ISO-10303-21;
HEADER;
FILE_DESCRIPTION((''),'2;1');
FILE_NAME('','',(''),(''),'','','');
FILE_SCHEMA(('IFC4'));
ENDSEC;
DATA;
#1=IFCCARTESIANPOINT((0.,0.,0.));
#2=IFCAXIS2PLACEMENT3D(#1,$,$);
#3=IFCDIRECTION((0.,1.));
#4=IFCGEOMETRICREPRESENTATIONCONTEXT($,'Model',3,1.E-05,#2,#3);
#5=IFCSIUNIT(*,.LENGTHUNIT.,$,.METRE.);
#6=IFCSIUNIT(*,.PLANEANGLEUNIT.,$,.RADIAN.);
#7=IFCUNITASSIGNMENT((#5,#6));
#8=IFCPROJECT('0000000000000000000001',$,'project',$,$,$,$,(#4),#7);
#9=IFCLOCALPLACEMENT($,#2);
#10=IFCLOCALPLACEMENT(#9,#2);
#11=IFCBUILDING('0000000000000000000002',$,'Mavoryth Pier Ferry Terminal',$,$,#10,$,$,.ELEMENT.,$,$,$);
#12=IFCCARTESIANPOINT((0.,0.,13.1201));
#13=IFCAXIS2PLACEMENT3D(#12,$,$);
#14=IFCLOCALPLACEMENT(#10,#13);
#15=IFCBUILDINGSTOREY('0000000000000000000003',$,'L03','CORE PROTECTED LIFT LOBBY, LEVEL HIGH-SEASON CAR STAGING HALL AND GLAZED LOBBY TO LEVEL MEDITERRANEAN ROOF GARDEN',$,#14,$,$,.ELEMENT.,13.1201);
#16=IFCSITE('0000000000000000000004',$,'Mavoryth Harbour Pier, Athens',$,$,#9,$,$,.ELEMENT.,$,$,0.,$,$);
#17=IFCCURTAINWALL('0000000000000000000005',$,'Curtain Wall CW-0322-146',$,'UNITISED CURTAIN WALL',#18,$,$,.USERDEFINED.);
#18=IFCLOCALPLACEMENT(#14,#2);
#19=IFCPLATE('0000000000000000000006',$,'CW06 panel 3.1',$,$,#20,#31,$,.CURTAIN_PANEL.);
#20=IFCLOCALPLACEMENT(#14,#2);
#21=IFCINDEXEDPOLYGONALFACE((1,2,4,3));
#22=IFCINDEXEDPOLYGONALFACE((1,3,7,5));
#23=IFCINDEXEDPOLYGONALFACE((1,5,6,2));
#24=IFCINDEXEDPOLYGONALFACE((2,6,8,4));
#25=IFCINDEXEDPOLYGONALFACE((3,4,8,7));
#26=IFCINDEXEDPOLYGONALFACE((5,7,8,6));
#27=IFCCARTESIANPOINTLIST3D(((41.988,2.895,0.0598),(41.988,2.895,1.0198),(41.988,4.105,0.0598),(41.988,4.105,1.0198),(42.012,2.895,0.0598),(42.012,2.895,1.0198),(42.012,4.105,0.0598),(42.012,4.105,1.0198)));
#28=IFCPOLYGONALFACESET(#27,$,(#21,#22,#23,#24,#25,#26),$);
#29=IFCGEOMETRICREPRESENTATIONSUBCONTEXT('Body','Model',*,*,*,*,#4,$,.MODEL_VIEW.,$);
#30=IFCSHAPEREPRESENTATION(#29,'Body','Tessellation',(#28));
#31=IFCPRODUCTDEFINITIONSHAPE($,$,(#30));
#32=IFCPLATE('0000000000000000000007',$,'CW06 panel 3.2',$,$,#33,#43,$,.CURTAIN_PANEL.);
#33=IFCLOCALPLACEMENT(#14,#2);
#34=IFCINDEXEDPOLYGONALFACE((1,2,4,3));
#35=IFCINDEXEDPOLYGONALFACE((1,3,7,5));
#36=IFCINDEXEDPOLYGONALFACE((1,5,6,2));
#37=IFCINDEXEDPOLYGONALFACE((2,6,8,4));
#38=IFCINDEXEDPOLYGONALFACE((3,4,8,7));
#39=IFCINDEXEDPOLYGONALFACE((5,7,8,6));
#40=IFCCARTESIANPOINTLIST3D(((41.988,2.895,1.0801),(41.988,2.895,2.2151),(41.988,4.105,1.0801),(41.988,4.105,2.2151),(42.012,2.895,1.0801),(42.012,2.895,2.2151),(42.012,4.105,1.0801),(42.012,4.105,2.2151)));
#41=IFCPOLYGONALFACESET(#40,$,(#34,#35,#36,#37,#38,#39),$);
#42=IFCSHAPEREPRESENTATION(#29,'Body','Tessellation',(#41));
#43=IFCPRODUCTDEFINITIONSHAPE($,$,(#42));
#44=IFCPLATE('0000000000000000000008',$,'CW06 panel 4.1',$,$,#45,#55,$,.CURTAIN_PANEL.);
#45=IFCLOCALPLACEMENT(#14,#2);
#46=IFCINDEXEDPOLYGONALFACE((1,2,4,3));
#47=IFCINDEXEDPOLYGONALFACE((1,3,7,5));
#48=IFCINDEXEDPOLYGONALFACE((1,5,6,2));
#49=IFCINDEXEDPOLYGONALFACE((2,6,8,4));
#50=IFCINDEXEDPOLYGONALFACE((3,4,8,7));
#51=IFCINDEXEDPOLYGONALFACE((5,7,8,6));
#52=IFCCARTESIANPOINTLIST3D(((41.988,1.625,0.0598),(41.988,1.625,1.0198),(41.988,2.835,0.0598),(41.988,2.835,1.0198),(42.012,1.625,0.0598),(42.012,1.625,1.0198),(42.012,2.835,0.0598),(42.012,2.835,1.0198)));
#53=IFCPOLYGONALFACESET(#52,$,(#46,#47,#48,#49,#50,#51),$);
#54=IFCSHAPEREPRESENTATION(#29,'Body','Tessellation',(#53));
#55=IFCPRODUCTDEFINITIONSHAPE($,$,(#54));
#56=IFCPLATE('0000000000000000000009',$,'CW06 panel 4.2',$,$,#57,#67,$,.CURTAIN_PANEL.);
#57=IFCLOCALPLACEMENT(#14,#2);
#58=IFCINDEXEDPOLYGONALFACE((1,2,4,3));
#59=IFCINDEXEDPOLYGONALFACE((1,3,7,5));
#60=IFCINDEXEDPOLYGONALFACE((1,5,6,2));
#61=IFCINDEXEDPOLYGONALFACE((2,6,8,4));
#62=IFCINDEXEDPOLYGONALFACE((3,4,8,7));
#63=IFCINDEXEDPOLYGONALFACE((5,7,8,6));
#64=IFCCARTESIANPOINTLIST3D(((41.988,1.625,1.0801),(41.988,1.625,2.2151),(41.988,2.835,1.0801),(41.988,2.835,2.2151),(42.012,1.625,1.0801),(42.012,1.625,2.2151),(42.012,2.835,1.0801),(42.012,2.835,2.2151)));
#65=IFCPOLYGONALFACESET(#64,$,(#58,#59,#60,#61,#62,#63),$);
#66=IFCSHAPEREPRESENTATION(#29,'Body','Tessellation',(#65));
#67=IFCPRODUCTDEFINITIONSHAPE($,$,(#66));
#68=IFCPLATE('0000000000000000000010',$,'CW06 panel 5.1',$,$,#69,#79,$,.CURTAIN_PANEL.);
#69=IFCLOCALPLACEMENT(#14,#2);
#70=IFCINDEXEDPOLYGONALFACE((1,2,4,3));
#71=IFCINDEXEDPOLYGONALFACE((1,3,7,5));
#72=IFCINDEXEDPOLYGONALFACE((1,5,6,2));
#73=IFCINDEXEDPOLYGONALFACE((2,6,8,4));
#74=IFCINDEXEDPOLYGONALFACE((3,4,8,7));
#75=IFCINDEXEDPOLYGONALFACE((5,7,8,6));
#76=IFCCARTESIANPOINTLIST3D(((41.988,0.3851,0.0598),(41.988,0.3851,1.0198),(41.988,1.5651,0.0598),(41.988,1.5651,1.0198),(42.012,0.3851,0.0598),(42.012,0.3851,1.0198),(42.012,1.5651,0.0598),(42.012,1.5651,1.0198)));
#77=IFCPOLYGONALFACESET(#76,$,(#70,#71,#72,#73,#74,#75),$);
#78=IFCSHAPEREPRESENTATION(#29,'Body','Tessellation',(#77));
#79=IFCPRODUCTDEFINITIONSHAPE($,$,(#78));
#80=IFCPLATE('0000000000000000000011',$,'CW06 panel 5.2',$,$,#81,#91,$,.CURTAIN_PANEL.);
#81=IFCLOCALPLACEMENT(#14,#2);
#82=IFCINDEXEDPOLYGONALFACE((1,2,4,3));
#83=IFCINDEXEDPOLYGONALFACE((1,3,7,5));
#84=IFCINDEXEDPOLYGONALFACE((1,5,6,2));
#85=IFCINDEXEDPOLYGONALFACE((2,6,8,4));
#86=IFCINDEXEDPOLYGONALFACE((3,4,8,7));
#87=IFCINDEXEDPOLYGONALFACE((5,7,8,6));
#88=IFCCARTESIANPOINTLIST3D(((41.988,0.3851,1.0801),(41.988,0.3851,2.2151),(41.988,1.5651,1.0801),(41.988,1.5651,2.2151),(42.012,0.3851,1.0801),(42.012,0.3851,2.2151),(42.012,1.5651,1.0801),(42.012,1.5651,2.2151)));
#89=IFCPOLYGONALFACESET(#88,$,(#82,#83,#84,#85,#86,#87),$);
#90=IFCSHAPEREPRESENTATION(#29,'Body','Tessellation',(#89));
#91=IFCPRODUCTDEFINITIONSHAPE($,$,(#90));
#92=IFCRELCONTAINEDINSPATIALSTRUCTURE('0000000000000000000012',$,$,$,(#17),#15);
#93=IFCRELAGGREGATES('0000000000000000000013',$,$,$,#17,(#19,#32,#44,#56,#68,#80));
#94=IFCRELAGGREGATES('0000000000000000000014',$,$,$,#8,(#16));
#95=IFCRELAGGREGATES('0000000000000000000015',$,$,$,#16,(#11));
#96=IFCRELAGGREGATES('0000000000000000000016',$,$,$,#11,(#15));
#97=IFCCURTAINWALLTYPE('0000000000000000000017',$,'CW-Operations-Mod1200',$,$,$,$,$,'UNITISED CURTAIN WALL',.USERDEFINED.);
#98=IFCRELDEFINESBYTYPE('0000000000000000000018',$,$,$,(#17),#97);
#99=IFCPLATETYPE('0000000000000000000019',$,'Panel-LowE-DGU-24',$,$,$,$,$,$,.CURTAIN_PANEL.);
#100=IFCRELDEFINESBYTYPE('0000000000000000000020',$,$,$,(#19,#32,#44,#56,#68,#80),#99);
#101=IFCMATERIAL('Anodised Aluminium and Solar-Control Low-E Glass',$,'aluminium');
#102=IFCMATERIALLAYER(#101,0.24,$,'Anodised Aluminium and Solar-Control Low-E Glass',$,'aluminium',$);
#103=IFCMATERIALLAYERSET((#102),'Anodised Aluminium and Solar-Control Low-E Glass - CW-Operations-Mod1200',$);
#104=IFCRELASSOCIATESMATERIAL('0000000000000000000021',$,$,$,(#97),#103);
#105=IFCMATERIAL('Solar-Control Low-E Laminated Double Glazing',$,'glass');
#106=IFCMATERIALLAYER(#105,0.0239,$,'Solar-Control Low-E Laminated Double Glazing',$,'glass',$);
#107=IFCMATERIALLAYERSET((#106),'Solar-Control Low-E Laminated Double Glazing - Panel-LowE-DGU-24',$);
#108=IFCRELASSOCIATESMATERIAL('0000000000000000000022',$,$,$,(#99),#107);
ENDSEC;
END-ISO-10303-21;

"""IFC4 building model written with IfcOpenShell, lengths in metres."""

from ifc_helpers import new_model, si_unit, direction, frame, origin, origin_2d, place, context, subcontext, project, spatial, rectangle, extrude, material, layer, layer_set, type_object, element, aggregate, save


model = new_model("IFC4")

# Units and contexts
model_context = context("Model", 3, precision=1e-05, world=origin(), true_north=direction((0.0, 1.0)))
body_context = subcontext(model_context, "Body", "Model", "MODEL_VIEW")
ifc_project = project(units=[si_unit("LENGTHUNIT", "METRE"), si_unit("PLANEANGLEUNIT", "RADIAN")], contexts=[model_context])

# Site, building, storey
site_placement = place(None, origin())
site = spatial("IfcSite", under=ifc_project, at=site_placement, Name="Mavoryth Harbour Pier, Athens", CompositionType="ELEMENT", RefElevation=0.0)
building_placement = place(site_placement, origin())
building = spatial("IfcBuilding", under=site, at=building_placement, Name="Mavoryth Pier Ferry Terminal", CompositionType="ELEMENT")
storey_placement = place(building_placement, frame((0.0, 0.0, 13.1201)))
storey = spatial("IfcBuildingStorey", under=building, at=storey_placement, Name="L03", Description="CORE PROTECTED LIFT LOBBY, LEVEL HIGH-SEASON CAR STAGING HALL AND GLAZED LOBBY TO LEVEL MEDITERRANEAN ROOF GARDEN", CompositionType="ELEMENT", Elevation=13.1201)

# Shared definitions
ifc_material_1 = material(Name="Anodised Aluminium and Solar-Control Low-E Glass", Category="aluminium")
ifc_layer_1 = layer(ifc_material_1, 0.24, Name="Anodised Aluminium and Solar-Control Low-E Glass", Category="aluminium")
ifc_layer_set_1 = layer_set([ifc_layer_1], Name="Anodised Aluminium and Solar-Control Low-E Glass - CW-Operations-Mod1200")
curtain_wall_type = type_object("IfcCurtainWallType", Name="CW-Operations-Mod1200", ElementType="UNITISED CURTAIN WALL", PredefinedType="USERDEFINED", material=ifc_layer_set_1)

# Curtain wall, plates
curtain_wall_1_placement = place(storey_placement, origin())
curtain_wall_1 = element("IfcCurtainWall", 1, at=curtain_wall_1_placement, inside=storey, type_object=curtain_wall_type, Name="Curtain Wall CW-0322-146", ObjectType="UNITISED CURTAIN WALL", PredefinedType="USERDEFINED")
ifc_material_2 = material(Name="Solar-Control Low-E Laminated Double Glazing", Category="glass")
ifc_layer_2 = layer(ifc_material_2, 0.0239, Name="Solar-Control Low-E Laminated Double Glazing", Category="glass")
ifc_layer_set_2 = layer_set([ifc_layer_2], Name="Solar-Control Low-E Laminated Double Glazing - Panel-LowE-DGU-24")
plate_type = type_object("IfcPlateType", Name="Panel-LowE-DGU-24", PredefinedType="CURTAIN_PANEL", material=ifc_layer_set_2)
plate_1_placement = place(storey_placement, frame((42.0, 3.5, 0.0598), z_axis=(0.0, 0.0, 1.0), x_axis=(0.0, -1.0, 0.0)))
plate_1 = element("IfcPlate", 2, at=plate_1_placement, type_object=plate_type, Name="CW06 panel 3.1", PredefinedType="CURTAIN_PANEL", context=body_context, shape_type="SweptSolid", body=[
    extrude(rectangle(XDim=1.21, YDim=0.0239, at=origin_2d()), origin(), (0.0, 0.0, 1.0), 0.96),
])
plate_2_placement = place(storey_placement, frame((42.0, 3.5, 1.0801), z_axis=(0.0, 0.0, 1.0), x_axis=(0.0, -1.0, 0.0)))
plate_2 = element("IfcPlate", 3, at=plate_2_placement, type_object=plate_type, Name="CW06 panel 3.2", PredefinedType="CURTAIN_PANEL", context=body_context, shape_type="SweptSolid", body=[
    extrude(rectangle(XDim=1.21, YDim=0.0239, at=origin_2d()), origin(), (0.0, 0.0, 1.0), 1.135),
])
plate_3_placement = place(storey_placement, frame((42.0, 2.23, 0.0598), z_axis=(0.0, 0.0, 1.0), x_axis=(0.0, -1.0, 0.0)))
plate_3 = element("IfcPlate", 4, at=plate_3_placement, type_object=plate_type, Name="CW06 panel 4.1", PredefinedType="CURTAIN_PANEL", context=body_context, shape_type="SweptSolid", body=[
    extrude(rectangle(XDim=1.21, YDim=0.0239, at=origin_2d()), origin(), (0.0, 0.0, 1.0), 0.96),
])
plate_4_placement = place(storey_placement, frame((42.0, 2.23, 1.0801), z_axis=(0.0, 0.0, 1.0), x_axis=(0.0, -1.0, 0.0)))
plate_4 = element("IfcPlate", 5, at=plate_4_placement, type_object=plate_type, Name="CW06 panel 4.2", PredefinedType="CURTAIN_PANEL", context=body_context, shape_type="SweptSolid", body=[
    extrude(rectangle(XDim=1.21, YDim=0.0239, at=origin_2d()), origin(), (0.0, 0.0, 1.0), 1.135),
])
plate_5_placement = place(storey_placement, frame((42.0, 0.9751, 0.0598), z_axis=(0.0, 0.0, 1.0), x_axis=(0.0, -1.0, 0.0)))
plate_5 = element("IfcPlate", 6, at=plate_5_placement, type_object=plate_type, Name="CW06 panel 5.1", PredefinedType="CURTAIN_PANEL", context=body_context, shape_type="SweptSolid", body=[
    extrude(rectangle(XDim=1.1799, YDim=0.0239, at=origin_2d()), origin(), (0.0, 0.0, 1.0), 0.96),
])
plate_6_placement = place(storey_placement, frame((42.0, 0.9751, 1.0801), z_axis=(0.0, 0.0, 1.0), x_axis=(0.0, -1.0, 0.0)))
plate_6 = element("IfcPlate", 7, at=plate_6_placement, type_object=plate_type, Name="CW06 panel 5.2", PredefinedType="CURTAIN_PANEL", context=body_context, shape_type="SweptSolid", body=[
    extrude(rectangle(XDim=1.1799, YDim=0.0239, at=origin_2d()), origin(), (0.0, 0.0, 1.0), 1.135),
])
aggregate(curtain_wall_1, [plate_1, plate_2, plate_3, plate_4, plate_5, plate_6])

save(model, "model.ifc")
